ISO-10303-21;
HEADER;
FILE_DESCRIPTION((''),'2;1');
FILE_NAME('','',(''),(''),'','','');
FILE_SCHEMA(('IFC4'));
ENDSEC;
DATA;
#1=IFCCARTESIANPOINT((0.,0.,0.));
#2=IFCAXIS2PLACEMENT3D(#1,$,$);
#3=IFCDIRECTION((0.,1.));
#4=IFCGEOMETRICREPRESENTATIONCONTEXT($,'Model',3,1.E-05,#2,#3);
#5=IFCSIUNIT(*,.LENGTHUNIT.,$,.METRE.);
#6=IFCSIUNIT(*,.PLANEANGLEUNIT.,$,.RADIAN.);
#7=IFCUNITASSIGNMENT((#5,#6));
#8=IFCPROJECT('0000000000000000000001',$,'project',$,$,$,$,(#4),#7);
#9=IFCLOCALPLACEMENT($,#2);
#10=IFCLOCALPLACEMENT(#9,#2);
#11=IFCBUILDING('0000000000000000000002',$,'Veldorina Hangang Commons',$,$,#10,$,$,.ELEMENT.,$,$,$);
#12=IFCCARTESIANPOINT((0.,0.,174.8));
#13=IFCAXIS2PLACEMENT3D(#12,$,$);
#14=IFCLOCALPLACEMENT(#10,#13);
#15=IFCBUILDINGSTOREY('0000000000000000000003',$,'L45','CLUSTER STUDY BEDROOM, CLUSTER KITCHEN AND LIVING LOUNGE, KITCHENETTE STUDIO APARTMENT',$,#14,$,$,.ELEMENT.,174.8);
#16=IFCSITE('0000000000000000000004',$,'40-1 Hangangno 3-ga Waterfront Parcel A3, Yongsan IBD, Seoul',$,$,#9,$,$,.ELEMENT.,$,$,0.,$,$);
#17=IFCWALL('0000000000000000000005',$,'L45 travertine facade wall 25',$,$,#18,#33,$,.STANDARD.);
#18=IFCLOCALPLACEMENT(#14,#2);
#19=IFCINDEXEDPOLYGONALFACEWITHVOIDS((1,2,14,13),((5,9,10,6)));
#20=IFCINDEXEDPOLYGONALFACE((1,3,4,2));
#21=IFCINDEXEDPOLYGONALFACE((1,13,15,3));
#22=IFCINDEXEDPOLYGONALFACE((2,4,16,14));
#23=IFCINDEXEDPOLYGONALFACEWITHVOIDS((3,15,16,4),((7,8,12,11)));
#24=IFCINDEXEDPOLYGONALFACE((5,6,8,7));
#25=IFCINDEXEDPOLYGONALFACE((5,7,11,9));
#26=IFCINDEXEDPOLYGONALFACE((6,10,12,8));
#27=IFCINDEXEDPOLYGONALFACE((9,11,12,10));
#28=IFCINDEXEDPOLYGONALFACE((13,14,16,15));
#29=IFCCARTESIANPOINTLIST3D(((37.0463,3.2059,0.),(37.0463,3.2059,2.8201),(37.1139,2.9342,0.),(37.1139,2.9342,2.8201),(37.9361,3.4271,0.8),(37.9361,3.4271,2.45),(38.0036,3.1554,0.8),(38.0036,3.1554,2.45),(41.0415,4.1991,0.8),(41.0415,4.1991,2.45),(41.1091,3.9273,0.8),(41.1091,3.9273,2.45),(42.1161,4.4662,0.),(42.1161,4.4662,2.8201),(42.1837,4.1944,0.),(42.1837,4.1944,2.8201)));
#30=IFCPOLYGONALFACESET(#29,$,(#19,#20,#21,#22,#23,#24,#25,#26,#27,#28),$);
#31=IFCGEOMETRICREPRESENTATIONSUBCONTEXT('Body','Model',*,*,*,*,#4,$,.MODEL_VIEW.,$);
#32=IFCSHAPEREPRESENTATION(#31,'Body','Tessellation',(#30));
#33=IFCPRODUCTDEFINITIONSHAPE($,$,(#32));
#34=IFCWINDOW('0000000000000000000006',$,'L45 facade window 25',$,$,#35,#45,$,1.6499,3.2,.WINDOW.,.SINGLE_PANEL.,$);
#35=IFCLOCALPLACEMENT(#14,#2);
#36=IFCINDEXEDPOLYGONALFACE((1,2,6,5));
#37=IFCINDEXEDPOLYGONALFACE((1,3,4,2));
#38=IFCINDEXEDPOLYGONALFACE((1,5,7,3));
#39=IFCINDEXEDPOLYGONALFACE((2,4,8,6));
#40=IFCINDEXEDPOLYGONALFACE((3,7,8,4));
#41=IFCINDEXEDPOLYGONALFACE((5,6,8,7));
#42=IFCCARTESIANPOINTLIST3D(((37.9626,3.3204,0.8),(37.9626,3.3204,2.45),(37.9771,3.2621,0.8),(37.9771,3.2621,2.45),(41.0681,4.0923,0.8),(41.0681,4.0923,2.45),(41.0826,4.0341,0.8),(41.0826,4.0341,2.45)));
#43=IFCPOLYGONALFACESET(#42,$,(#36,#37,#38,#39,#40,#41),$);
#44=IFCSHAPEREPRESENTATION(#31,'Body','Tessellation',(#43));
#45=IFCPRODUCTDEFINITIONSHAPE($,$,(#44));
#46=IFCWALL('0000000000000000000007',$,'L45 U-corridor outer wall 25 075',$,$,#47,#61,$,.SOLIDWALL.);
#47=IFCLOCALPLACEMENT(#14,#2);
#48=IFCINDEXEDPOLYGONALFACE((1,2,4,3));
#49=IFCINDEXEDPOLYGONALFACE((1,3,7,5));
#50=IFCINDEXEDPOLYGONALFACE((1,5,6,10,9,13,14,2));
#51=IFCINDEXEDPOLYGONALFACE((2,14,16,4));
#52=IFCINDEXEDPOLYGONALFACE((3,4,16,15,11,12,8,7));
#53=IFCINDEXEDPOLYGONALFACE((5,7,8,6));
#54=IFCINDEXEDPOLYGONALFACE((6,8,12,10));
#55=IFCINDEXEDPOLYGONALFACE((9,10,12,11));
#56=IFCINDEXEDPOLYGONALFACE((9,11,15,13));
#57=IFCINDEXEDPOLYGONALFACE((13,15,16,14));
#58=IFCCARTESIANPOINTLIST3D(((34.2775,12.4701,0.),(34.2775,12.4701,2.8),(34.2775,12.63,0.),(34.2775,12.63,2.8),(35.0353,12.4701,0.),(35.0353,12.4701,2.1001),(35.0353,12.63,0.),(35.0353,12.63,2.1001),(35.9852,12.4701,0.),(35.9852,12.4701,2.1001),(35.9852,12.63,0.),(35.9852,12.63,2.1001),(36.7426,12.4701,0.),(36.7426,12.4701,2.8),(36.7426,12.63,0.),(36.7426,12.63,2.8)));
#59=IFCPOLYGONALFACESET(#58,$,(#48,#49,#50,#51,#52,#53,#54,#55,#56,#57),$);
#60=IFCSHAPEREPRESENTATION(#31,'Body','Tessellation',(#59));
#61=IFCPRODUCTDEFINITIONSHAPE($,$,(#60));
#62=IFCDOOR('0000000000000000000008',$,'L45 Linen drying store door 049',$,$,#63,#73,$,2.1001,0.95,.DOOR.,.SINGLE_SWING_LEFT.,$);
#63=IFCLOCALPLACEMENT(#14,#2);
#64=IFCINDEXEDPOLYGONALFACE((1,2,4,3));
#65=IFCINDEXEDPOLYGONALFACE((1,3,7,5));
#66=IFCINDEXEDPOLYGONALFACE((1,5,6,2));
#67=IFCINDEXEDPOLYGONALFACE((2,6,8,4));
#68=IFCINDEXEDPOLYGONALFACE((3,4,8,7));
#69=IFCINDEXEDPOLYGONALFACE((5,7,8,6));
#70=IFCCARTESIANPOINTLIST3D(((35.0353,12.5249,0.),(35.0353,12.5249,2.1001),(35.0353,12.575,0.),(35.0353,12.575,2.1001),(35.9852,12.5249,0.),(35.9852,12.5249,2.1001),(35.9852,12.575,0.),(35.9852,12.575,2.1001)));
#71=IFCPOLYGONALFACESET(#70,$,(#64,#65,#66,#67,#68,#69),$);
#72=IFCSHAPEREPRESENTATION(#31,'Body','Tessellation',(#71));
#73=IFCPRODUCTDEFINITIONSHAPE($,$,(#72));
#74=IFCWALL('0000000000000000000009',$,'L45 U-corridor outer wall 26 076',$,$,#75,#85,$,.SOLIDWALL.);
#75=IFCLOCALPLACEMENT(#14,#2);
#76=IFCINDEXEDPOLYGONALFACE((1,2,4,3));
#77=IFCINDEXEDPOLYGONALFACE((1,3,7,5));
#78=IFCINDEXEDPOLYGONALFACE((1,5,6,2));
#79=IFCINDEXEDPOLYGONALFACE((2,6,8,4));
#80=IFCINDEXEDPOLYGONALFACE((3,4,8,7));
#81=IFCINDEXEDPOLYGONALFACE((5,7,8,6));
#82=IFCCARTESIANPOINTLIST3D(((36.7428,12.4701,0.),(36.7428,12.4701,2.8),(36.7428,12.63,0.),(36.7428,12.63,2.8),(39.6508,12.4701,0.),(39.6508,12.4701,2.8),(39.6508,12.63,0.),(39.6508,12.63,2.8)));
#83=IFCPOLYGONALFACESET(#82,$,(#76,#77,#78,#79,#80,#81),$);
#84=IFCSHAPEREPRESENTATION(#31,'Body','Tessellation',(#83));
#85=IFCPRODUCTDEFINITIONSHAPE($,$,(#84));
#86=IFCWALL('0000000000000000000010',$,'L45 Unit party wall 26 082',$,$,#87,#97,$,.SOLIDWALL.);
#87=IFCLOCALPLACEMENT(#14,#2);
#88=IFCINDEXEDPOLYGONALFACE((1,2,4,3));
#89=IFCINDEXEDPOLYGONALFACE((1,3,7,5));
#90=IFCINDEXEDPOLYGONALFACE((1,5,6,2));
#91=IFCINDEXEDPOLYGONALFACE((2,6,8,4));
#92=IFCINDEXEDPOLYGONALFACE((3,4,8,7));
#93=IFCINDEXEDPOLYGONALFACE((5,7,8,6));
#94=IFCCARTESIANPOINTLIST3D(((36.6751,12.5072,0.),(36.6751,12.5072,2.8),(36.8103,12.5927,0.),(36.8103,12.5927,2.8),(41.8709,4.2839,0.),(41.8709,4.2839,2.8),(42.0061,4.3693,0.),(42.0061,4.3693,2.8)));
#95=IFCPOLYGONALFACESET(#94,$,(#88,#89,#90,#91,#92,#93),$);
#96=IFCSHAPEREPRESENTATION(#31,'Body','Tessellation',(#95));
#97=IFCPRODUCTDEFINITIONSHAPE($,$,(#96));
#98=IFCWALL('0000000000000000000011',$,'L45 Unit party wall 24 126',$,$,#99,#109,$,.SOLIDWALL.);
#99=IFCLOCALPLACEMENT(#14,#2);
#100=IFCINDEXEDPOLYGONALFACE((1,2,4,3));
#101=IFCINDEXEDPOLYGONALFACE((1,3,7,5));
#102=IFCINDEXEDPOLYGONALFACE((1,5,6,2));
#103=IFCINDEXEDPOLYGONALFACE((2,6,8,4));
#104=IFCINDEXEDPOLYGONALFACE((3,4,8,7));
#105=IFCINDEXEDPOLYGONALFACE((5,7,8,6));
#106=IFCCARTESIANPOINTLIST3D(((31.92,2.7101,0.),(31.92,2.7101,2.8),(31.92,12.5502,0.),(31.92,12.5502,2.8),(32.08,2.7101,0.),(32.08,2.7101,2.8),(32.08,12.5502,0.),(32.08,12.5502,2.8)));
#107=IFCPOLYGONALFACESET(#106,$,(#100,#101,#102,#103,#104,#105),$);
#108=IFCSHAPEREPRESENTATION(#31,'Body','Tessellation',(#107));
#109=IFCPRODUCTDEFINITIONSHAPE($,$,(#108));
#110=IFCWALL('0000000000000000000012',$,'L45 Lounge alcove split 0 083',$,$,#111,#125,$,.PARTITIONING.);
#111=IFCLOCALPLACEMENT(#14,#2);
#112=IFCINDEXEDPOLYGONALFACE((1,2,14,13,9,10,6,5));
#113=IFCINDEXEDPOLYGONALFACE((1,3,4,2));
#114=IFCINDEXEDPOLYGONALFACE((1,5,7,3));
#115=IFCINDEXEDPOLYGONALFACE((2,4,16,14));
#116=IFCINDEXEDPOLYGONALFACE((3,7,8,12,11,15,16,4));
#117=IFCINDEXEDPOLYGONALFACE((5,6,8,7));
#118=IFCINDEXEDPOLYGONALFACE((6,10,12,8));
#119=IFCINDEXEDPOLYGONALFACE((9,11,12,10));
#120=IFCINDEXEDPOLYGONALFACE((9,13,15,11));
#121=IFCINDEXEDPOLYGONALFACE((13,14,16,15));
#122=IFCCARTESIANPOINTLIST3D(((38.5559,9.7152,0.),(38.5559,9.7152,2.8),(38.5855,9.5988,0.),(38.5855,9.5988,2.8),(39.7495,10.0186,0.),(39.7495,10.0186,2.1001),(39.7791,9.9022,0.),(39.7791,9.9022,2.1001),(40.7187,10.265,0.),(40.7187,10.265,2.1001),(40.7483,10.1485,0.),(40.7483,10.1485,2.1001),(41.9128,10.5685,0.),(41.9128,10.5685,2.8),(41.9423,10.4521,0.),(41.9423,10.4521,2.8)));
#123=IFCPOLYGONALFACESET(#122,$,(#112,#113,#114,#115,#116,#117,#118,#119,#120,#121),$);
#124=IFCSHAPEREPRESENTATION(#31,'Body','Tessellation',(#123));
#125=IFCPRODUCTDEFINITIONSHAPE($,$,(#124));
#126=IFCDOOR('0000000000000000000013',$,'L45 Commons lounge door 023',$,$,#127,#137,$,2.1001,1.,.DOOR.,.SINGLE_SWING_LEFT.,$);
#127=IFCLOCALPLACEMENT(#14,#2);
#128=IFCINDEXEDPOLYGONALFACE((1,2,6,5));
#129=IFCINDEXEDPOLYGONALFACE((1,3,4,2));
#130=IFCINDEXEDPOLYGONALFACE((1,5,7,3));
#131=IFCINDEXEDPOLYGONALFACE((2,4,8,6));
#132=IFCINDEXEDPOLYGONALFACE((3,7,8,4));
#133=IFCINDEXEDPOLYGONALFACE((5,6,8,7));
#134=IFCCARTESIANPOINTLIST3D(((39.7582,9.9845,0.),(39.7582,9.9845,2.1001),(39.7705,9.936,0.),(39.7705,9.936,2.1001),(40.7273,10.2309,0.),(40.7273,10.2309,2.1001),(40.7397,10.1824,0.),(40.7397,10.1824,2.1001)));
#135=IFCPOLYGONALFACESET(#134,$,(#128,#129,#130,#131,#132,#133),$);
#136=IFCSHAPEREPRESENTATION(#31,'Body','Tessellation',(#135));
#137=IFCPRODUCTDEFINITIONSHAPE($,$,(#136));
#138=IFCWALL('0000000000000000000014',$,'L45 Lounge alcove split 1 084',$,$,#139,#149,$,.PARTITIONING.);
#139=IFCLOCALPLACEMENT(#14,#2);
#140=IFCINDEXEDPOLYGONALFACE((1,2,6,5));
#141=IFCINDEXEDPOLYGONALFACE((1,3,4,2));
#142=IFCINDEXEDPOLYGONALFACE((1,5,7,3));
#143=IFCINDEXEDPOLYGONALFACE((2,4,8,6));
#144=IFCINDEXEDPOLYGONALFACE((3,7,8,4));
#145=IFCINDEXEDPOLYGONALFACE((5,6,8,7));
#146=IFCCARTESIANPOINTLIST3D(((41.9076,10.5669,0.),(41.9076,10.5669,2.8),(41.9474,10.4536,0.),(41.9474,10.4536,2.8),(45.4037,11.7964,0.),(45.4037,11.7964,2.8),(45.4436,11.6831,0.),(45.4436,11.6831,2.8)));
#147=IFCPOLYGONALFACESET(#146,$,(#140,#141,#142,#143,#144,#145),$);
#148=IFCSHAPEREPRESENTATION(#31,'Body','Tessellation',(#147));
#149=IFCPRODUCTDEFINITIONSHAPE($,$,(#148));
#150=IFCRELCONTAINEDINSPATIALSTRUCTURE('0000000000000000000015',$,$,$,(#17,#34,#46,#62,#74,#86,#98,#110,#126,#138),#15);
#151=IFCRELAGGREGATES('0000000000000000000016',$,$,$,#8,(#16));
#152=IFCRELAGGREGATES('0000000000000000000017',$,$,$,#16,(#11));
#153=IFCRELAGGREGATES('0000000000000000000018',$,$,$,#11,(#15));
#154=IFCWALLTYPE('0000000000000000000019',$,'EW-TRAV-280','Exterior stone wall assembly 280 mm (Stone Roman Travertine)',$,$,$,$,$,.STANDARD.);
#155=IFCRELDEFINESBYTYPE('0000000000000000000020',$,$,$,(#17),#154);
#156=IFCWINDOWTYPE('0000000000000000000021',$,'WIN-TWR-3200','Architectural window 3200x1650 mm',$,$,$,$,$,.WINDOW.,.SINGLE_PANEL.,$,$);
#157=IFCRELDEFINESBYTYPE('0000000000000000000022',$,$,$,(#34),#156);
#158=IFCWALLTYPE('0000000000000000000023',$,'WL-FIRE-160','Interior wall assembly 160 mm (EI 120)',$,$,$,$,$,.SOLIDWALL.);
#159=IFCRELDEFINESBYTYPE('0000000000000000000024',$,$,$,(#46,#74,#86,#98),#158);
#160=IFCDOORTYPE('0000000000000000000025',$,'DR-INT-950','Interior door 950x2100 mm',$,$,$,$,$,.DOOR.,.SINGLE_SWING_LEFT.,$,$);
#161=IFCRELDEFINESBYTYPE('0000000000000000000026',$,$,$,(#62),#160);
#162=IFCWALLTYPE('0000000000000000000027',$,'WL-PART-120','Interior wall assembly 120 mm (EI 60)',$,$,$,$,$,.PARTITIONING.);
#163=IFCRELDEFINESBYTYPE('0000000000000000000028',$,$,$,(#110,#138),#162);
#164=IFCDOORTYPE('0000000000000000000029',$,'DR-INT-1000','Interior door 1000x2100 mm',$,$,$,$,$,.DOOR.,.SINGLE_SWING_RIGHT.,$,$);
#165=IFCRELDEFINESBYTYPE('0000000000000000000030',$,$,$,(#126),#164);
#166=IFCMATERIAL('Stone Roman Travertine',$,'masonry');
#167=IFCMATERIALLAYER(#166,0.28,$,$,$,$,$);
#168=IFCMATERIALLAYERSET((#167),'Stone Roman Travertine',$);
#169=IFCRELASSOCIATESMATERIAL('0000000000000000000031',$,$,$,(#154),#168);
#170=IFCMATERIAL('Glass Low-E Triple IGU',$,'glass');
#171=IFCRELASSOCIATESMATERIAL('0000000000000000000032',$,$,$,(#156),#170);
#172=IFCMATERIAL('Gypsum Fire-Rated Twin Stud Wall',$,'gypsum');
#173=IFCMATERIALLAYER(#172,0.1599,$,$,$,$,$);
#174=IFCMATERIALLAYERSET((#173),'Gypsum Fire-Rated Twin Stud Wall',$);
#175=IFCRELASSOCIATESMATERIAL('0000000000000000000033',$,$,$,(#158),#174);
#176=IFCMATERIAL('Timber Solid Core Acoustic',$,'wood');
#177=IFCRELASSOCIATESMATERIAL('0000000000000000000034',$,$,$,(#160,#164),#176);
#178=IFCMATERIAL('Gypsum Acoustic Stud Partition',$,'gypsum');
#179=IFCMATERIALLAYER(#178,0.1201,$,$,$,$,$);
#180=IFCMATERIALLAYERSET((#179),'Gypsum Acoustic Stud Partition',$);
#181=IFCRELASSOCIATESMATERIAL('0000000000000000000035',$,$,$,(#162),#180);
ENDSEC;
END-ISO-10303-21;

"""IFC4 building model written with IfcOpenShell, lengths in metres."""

from ifc_helpers import new_model, si_unit, direction, frame, frame_2d, origin, place, context, subcontext, project, spatial, rectangle, extrude, material, layer, layer_set, type_object, element, fill, save


model = new_model("IFC4")

# Units and contexts
model_context = context("Model", 3, precision=1e-05, world=origin(), true_north=direction((0.0, 1.0)))
body_context = subcontext(model_context, "Body", "Model", "MODEL_VIEW")
ifc_project = project(units=[si_unit("LENGTHUNIT", "METRE"), si_unit("PLANEANGLEUNIT", "RADIAN")], contexts=[model_context])

# Site, building, storey
site_placement = place(None, origin())
site = spatial("IfcSite", under=ifc_project, at=site_placement, Name="40-1 Hangangno 3-ga Waterfront Parcel A3, Yongsan IBD, Seoul", CompositionType="ELEMENT", RefElevation=0.0)
building_placement = place(site_placement, origin())
building = spatial("IfcBuilding", under=site, at=building_placement, Name="Veldorina Hangang Commons", CompositionType="ELEMENT")
storey_placement = place(building_placement, frame((0.0, 0.0, 174.8)))
storey = spatial("IfcBuildingStorey", under=building, at=storey_placement, Name="L45", Description="CLUSTER STUDY BEDROOM, CLUSTER KITCHEN AND LIVING LOUNGE, KITCHENETTE STUDIO APARTMENT", CompositionType="ELEMENT", Elevation=174.8)

# Shared definitions
ifc_material_1 = material(Name="Glass Low-E Triple IGU", Category="glass")

# Shared definitions
ifc_material_2 = material(Name="Stone Roman Travertine", Category="masonry")

# Wall, opening, window
ifc_layer_1 = layer(ifc_material_2, 0.28)
ifc_layer_set_1 = layer_set([ifc_layer_1], Name="Stone Roman Travertine")
wall_type_1 = type_object("IfcWallType", Name="EW-TRAV-280", Description="Exterior stone wall assembly 280 mm (Stone Roman Travertine)", PredefinedType="STANDARD", material=ifc_layer_set_1)
wall_1_placement = place(storey_placement, frame((37.0801, 3.0701, 0.0), z_axis=(0.0, 0.0, 1.0), x_axis=(0.970466, 0.241238, 0.0)))
wall_1 = element("IfcWall", 1, at=wall_1_placement, inside=storey, type_object=wall_type_1, Name="L45 travertine facade wall 25", PredefinedType="STANDARD", context=body_context, shape_type="SweptSolid", body=[
    extrude(rectangle(XDim=5.2241, YDim=0.28, at=frame_2d((2.6121, 0.0))), origin(), (0.0, 0.0, 1.0), 2.8201),
])
opening_1_placement = place(wall_1_placement, frame((0.9167, 0.0, 0.8)))
opening_1 = element("IfcOpeningElement", 2, at=opening_1_placement, cuts=wall_1, PredefinedType="OPENING", context=body_context, shape_type="SweptSolid", body=[
    extrude(rectangle(XDim=3.2, YDim=1.6499, at=frame_2d((1.6001, 0.825))), frame((0.0, 0.1499, 0.0), z_axis=(0.0, -1.0, 0.0), x_axis=(1.0, 0.0, 0.0)), (0.0, 0.0, 1.0), 0.3),
])
window_type = type_object("IfcWindowType", Name="WIN-TWR-3200", Description="Architectural window 3200x1650 mm", PartitioningType="SINGLE_PANEL", PredefinedType="WINDOW", material=ifc_material_1)
window_placement = place(opening_1_placement, origin())
window = element("IfcWindow", 3, at=window_placement, inside=storey, type_object=window_type, Name="L45 facade window 25", OverallHeight=1.6499, OverallWidth=3.2, PartitioningType="SINGLE_PANEL", PredefinedType="WINDOW", context=body_context, shape_type="SweptSolid", body=[
    extrude(rectangle(XDim=3.2, YDim=1.6499, at=frame_2d((1.6001, 0.825))), frame((0.0, 0.03, 0.0), z_axis=(0.0, -1.0, 0.0), x_axis=(1.0, 0.0, 0.0)), (0.0, 0.0, 1.0), 0.0601),
])
fill(opening_1, window)

# Wall, opening, door
ifc_material_3 = material(Name="Gypsum Fire-Rated Twin Stud Wall", Category="gypsum")
ifc_layer_2 = layer(ifc_material_3, 0.1599)
ifc_layer_set_2 = layer_set([ifc_layer_2], Name="Gypsum Fire-Rated Twin Stud Wall")
wall_type_2 = type_object("IfcWallType", Name="WL-FIRE-160", Description="Interior wall assembly 160 mm (EI 120)", PredefinedType="SOLIDWALL", material=ifc_layer_set_2)
wall_2_placement = place(storey_placement, frame((34.2776, 12.55, 0.0), z_axis=(0.0, 0.0, 1.0), x_axis=(1.0, 0.0, 0.0)))
wall_2 = element("IfcWall", 4, at=wall_2_placement, inside=storey, type_object=wall_type_2, Name="L45 U-corridor outer wall 25 075", PredefinedType="SOLIDWALL", context=body_context, shape_type="SweptSolid", body=[
    extrude(rectangle(XDim=2.4651, YDim=0.1599, at=frame_2d((1.2324, 0.0))), origin(), (0.0, 0.0, 1.0), 2.8),
])
opening_2_placement = place(wall_2_placement, frame((0.7576, 0.0, 0.0)))
opening_2 = element("IfcOpeningElement", 5, at=opening_2_placement, cuts=wall_2, PredefinedType="OPENING", context=body_context, shape_type="SweptSolid", body=[
    extrude(rectangle(XDim=0.95, YDim=2.1001, at=frame_2d((0.4751, 1.05))), frame((0.0, 0.0898, 0.0), z_axis=(0.0, -1.0, 0.0), x_axis=(1.0, 0.0, 0.0)), (0.0, 0.0, 1.0), 0.1799),
])
ifc_material_4 = material(Name="Timber Solid Core Acoustic", Category="wood")
door_type_1 = type_object("IfcDoorType", Name="DR-INT-950", Description="Interior door 950x2100 mm", OperationType="SINGLE_SWING_LEFT", PredefinedType="DOOR", material=ifc_material_4)
door_1_placement = place(opening_2_placement, origin())
door_1 = element("IfcDoor", 6, at=door_1_placement, inside=storey, type_object=door_type_1, Name="L45 Linen drying store door 049", OperationType="SINGLE_SWING_LEFT", OverallHeight=2.1001, OverallWidth=0.95, PredefinedType="DOOR", context=body_context, shape_type="SweptSolid", body=[
    extrude(rectangle(XDim=0.95, YDim=2.1001, at=frame_2d((0.4751, 1.05))), frame((0.0, 0.0249, 0.0), z_axis=(0.0, -1.0, 0.0), x_axis=(1.0, 0.0, 0.0)), (0.0, 0.0, 1.0), 0.05),
])
fill(opening_2, door_1)

# Walls
wall_3_placement = place(storey_placement, frame((36.7427, 12.55, 0.0), z_axis=(0.0, 0.0, 1.0), x_axis=(1.0, 0.0, 0.0)))
element("IfcWall", 7, at=wall_3_placement, inside=storey, type_object=wall_type_2, Name="L45 U-corridor outer wall 26 076", PredefinedType="SOLIDWALL", context=body_context, shape_type="SweptSolid", body=[
    extrude(rectangle(XDim=2.908, YDim=0.1599, at=frame_2d((1.4541, 0.0))), origin(), (0.0, 0.0, 1.0), 2.8),
])
wall_4_placement = place(storey_placement, frame((36.7427, 12.55, 0.0), z_axis=(0.0, 0.0, 1.0), x_axis=(0.534146, -0.845392, 0.0)))
element("IfcWall", 8, at=wall_4_placement, inside=storey, type_object=wall_type_2, Name="L45 Unit party wall 26 082", PredefinedType="SOLIDWALL", context=body_context, shape_type="SweptSolid", body=[
    extrude(rectangle(XDim=9.7273, YDim=0.1599, at=frame_2d((4.8638, 0.0))), origin(), (0.0, 0.0, 1.0), 2.8),
])
wall_5_placement = place(storey_placement, frame((32.0, 12.55, 0.0), z_axis=(0.0, 0.0, 1.0), x_axis=(0.0, -1.0, 0.0)))
element("IfcWall", 9, at=wall_5_placement, inside=storey, type_object=wall_type_2, Name="L45 Unit party wall 24 126", PredefinedType="SOLIDWALL", context=body_context, shape_type="SweptSolid", body=[
    extrude(rectangle(XDim=9.8401, YDim=0.1599, at=frame_2d((4.9199, 0.0))), origin(), (0.0, 0.0, 1.0), 2.8),
])

# Wall, opening, door
ifc_material_5 = material(Name="Gypsum Acoustic Stud Partition", Category="gypsum")
ifc_layer_3 = layer(ifc_material_5, 0.1201)
ifc_layer_set_3 = layer_set([ifc_layer_3], Name="Gypsum Acoustic Stud Partition")
wall_type_3 = type_object("IfcWallType", Name="WL-PART-120", Description="Interior wall assembly 120 mm (EI 60)", PredefinedType="PARTITIONING", material=ifc_layer_set_3)
wall_6_placement = place(storey_placement, frame((38.5706, 9.657, 0.0), z_axis=(0.0, 0.0, 1.0), x_axis=(0.969181, 0.246348, 0.0)))
wall_6 = element("IfcWall", 10, at=wall_6_placement, inside=storey, type_object=wall_type_3, Name="L45 Lounge alcove split 0 083", PredefinedType="PARTITIONING", context=body_context, shape_type="SweptSolid", body=[
    extrude(rectangle(XDim=3.4636, YDim=0.1201, at=frame_2d((1.7319, 0.0))), origin(), (0.0, 0.0, 1.0), 2.8),
])
opening_3_placement = place(wall_6_placement, frame((1.2317, 0.0, 0.0)))
opening_3 = element("IfcOpeningElement", 11, at=opening_3_placement, cuts=wall_6, PredefinedType="OPENING", context=body_context, shape_type="SweptSolid", body=[
    extrude(rectangle(XDim=1.0, YDim=2.1001, at=frame_2d((0.5, 1.05))), frame((0.0, 0.0701, 0.0), z_axis=(0.0, -1.0, 0.0), x_axis=(1.0, 0.0, 0.0)), (0.0, 0.0, 1.0), 0.1401),
])
door_type_2 = type_object("IfcDoorType", Name="DR-INT-1000", Description="Interior door 1000x2100 mm", OperationType="SINGLE_SWING_RIGHT", PredefinedType="DOOR", material=ifc_material_4)
door_2_placement = place(opening_3_placement, origin())
door_2 = element("IfcDoor", 12, at=door_2_placement, inside=storey, type_object=door_type_2, Name="L45 Commons lounge door 023", OperationType="SINGLE_SWING_LEFT", OverallHeight=2.1001, OverallWidth=1.0, PredefinedType="DOOR", context=body_context, shape_type="SweptSolid", body=[
    extrude(rectangle(XDim=1.0, YDim=2.1001, at=frame_2d((0.5, 1.05))), frame((0.0, 0.0249, 0.0), z_axis=(0.0, -1.0, 0.0), x_axis=(1.0, 0.0, 0.0)), (0.0, 0.0, 1.0), 0.05),
])
fill(opening_3, door_2)

# Wall
wall_7_placement = place(storey_placement, frame((41.9275, 10.5103, 0.0), z_axis=(0.0, 0.0, 1.0), x_axis=(0.943364, 0.331759, 0.0)))
element("IfcWall", 13, at=wall_7_placement, inside=storey, type_object=wall_type_3, Name="L45 Lounge alcove split 1 084", PredefinedType="PARTITIONING", context=body_context, shape_type="SweptSolid", body=[
    extrude(rectangle(XDim=3.7061, YDim=0.1201, at=frame_2d((1.853, 0.0))), origin(), (0.0, 0.0, 1.0), 2.8),
])

save(model, "model.ifc")
